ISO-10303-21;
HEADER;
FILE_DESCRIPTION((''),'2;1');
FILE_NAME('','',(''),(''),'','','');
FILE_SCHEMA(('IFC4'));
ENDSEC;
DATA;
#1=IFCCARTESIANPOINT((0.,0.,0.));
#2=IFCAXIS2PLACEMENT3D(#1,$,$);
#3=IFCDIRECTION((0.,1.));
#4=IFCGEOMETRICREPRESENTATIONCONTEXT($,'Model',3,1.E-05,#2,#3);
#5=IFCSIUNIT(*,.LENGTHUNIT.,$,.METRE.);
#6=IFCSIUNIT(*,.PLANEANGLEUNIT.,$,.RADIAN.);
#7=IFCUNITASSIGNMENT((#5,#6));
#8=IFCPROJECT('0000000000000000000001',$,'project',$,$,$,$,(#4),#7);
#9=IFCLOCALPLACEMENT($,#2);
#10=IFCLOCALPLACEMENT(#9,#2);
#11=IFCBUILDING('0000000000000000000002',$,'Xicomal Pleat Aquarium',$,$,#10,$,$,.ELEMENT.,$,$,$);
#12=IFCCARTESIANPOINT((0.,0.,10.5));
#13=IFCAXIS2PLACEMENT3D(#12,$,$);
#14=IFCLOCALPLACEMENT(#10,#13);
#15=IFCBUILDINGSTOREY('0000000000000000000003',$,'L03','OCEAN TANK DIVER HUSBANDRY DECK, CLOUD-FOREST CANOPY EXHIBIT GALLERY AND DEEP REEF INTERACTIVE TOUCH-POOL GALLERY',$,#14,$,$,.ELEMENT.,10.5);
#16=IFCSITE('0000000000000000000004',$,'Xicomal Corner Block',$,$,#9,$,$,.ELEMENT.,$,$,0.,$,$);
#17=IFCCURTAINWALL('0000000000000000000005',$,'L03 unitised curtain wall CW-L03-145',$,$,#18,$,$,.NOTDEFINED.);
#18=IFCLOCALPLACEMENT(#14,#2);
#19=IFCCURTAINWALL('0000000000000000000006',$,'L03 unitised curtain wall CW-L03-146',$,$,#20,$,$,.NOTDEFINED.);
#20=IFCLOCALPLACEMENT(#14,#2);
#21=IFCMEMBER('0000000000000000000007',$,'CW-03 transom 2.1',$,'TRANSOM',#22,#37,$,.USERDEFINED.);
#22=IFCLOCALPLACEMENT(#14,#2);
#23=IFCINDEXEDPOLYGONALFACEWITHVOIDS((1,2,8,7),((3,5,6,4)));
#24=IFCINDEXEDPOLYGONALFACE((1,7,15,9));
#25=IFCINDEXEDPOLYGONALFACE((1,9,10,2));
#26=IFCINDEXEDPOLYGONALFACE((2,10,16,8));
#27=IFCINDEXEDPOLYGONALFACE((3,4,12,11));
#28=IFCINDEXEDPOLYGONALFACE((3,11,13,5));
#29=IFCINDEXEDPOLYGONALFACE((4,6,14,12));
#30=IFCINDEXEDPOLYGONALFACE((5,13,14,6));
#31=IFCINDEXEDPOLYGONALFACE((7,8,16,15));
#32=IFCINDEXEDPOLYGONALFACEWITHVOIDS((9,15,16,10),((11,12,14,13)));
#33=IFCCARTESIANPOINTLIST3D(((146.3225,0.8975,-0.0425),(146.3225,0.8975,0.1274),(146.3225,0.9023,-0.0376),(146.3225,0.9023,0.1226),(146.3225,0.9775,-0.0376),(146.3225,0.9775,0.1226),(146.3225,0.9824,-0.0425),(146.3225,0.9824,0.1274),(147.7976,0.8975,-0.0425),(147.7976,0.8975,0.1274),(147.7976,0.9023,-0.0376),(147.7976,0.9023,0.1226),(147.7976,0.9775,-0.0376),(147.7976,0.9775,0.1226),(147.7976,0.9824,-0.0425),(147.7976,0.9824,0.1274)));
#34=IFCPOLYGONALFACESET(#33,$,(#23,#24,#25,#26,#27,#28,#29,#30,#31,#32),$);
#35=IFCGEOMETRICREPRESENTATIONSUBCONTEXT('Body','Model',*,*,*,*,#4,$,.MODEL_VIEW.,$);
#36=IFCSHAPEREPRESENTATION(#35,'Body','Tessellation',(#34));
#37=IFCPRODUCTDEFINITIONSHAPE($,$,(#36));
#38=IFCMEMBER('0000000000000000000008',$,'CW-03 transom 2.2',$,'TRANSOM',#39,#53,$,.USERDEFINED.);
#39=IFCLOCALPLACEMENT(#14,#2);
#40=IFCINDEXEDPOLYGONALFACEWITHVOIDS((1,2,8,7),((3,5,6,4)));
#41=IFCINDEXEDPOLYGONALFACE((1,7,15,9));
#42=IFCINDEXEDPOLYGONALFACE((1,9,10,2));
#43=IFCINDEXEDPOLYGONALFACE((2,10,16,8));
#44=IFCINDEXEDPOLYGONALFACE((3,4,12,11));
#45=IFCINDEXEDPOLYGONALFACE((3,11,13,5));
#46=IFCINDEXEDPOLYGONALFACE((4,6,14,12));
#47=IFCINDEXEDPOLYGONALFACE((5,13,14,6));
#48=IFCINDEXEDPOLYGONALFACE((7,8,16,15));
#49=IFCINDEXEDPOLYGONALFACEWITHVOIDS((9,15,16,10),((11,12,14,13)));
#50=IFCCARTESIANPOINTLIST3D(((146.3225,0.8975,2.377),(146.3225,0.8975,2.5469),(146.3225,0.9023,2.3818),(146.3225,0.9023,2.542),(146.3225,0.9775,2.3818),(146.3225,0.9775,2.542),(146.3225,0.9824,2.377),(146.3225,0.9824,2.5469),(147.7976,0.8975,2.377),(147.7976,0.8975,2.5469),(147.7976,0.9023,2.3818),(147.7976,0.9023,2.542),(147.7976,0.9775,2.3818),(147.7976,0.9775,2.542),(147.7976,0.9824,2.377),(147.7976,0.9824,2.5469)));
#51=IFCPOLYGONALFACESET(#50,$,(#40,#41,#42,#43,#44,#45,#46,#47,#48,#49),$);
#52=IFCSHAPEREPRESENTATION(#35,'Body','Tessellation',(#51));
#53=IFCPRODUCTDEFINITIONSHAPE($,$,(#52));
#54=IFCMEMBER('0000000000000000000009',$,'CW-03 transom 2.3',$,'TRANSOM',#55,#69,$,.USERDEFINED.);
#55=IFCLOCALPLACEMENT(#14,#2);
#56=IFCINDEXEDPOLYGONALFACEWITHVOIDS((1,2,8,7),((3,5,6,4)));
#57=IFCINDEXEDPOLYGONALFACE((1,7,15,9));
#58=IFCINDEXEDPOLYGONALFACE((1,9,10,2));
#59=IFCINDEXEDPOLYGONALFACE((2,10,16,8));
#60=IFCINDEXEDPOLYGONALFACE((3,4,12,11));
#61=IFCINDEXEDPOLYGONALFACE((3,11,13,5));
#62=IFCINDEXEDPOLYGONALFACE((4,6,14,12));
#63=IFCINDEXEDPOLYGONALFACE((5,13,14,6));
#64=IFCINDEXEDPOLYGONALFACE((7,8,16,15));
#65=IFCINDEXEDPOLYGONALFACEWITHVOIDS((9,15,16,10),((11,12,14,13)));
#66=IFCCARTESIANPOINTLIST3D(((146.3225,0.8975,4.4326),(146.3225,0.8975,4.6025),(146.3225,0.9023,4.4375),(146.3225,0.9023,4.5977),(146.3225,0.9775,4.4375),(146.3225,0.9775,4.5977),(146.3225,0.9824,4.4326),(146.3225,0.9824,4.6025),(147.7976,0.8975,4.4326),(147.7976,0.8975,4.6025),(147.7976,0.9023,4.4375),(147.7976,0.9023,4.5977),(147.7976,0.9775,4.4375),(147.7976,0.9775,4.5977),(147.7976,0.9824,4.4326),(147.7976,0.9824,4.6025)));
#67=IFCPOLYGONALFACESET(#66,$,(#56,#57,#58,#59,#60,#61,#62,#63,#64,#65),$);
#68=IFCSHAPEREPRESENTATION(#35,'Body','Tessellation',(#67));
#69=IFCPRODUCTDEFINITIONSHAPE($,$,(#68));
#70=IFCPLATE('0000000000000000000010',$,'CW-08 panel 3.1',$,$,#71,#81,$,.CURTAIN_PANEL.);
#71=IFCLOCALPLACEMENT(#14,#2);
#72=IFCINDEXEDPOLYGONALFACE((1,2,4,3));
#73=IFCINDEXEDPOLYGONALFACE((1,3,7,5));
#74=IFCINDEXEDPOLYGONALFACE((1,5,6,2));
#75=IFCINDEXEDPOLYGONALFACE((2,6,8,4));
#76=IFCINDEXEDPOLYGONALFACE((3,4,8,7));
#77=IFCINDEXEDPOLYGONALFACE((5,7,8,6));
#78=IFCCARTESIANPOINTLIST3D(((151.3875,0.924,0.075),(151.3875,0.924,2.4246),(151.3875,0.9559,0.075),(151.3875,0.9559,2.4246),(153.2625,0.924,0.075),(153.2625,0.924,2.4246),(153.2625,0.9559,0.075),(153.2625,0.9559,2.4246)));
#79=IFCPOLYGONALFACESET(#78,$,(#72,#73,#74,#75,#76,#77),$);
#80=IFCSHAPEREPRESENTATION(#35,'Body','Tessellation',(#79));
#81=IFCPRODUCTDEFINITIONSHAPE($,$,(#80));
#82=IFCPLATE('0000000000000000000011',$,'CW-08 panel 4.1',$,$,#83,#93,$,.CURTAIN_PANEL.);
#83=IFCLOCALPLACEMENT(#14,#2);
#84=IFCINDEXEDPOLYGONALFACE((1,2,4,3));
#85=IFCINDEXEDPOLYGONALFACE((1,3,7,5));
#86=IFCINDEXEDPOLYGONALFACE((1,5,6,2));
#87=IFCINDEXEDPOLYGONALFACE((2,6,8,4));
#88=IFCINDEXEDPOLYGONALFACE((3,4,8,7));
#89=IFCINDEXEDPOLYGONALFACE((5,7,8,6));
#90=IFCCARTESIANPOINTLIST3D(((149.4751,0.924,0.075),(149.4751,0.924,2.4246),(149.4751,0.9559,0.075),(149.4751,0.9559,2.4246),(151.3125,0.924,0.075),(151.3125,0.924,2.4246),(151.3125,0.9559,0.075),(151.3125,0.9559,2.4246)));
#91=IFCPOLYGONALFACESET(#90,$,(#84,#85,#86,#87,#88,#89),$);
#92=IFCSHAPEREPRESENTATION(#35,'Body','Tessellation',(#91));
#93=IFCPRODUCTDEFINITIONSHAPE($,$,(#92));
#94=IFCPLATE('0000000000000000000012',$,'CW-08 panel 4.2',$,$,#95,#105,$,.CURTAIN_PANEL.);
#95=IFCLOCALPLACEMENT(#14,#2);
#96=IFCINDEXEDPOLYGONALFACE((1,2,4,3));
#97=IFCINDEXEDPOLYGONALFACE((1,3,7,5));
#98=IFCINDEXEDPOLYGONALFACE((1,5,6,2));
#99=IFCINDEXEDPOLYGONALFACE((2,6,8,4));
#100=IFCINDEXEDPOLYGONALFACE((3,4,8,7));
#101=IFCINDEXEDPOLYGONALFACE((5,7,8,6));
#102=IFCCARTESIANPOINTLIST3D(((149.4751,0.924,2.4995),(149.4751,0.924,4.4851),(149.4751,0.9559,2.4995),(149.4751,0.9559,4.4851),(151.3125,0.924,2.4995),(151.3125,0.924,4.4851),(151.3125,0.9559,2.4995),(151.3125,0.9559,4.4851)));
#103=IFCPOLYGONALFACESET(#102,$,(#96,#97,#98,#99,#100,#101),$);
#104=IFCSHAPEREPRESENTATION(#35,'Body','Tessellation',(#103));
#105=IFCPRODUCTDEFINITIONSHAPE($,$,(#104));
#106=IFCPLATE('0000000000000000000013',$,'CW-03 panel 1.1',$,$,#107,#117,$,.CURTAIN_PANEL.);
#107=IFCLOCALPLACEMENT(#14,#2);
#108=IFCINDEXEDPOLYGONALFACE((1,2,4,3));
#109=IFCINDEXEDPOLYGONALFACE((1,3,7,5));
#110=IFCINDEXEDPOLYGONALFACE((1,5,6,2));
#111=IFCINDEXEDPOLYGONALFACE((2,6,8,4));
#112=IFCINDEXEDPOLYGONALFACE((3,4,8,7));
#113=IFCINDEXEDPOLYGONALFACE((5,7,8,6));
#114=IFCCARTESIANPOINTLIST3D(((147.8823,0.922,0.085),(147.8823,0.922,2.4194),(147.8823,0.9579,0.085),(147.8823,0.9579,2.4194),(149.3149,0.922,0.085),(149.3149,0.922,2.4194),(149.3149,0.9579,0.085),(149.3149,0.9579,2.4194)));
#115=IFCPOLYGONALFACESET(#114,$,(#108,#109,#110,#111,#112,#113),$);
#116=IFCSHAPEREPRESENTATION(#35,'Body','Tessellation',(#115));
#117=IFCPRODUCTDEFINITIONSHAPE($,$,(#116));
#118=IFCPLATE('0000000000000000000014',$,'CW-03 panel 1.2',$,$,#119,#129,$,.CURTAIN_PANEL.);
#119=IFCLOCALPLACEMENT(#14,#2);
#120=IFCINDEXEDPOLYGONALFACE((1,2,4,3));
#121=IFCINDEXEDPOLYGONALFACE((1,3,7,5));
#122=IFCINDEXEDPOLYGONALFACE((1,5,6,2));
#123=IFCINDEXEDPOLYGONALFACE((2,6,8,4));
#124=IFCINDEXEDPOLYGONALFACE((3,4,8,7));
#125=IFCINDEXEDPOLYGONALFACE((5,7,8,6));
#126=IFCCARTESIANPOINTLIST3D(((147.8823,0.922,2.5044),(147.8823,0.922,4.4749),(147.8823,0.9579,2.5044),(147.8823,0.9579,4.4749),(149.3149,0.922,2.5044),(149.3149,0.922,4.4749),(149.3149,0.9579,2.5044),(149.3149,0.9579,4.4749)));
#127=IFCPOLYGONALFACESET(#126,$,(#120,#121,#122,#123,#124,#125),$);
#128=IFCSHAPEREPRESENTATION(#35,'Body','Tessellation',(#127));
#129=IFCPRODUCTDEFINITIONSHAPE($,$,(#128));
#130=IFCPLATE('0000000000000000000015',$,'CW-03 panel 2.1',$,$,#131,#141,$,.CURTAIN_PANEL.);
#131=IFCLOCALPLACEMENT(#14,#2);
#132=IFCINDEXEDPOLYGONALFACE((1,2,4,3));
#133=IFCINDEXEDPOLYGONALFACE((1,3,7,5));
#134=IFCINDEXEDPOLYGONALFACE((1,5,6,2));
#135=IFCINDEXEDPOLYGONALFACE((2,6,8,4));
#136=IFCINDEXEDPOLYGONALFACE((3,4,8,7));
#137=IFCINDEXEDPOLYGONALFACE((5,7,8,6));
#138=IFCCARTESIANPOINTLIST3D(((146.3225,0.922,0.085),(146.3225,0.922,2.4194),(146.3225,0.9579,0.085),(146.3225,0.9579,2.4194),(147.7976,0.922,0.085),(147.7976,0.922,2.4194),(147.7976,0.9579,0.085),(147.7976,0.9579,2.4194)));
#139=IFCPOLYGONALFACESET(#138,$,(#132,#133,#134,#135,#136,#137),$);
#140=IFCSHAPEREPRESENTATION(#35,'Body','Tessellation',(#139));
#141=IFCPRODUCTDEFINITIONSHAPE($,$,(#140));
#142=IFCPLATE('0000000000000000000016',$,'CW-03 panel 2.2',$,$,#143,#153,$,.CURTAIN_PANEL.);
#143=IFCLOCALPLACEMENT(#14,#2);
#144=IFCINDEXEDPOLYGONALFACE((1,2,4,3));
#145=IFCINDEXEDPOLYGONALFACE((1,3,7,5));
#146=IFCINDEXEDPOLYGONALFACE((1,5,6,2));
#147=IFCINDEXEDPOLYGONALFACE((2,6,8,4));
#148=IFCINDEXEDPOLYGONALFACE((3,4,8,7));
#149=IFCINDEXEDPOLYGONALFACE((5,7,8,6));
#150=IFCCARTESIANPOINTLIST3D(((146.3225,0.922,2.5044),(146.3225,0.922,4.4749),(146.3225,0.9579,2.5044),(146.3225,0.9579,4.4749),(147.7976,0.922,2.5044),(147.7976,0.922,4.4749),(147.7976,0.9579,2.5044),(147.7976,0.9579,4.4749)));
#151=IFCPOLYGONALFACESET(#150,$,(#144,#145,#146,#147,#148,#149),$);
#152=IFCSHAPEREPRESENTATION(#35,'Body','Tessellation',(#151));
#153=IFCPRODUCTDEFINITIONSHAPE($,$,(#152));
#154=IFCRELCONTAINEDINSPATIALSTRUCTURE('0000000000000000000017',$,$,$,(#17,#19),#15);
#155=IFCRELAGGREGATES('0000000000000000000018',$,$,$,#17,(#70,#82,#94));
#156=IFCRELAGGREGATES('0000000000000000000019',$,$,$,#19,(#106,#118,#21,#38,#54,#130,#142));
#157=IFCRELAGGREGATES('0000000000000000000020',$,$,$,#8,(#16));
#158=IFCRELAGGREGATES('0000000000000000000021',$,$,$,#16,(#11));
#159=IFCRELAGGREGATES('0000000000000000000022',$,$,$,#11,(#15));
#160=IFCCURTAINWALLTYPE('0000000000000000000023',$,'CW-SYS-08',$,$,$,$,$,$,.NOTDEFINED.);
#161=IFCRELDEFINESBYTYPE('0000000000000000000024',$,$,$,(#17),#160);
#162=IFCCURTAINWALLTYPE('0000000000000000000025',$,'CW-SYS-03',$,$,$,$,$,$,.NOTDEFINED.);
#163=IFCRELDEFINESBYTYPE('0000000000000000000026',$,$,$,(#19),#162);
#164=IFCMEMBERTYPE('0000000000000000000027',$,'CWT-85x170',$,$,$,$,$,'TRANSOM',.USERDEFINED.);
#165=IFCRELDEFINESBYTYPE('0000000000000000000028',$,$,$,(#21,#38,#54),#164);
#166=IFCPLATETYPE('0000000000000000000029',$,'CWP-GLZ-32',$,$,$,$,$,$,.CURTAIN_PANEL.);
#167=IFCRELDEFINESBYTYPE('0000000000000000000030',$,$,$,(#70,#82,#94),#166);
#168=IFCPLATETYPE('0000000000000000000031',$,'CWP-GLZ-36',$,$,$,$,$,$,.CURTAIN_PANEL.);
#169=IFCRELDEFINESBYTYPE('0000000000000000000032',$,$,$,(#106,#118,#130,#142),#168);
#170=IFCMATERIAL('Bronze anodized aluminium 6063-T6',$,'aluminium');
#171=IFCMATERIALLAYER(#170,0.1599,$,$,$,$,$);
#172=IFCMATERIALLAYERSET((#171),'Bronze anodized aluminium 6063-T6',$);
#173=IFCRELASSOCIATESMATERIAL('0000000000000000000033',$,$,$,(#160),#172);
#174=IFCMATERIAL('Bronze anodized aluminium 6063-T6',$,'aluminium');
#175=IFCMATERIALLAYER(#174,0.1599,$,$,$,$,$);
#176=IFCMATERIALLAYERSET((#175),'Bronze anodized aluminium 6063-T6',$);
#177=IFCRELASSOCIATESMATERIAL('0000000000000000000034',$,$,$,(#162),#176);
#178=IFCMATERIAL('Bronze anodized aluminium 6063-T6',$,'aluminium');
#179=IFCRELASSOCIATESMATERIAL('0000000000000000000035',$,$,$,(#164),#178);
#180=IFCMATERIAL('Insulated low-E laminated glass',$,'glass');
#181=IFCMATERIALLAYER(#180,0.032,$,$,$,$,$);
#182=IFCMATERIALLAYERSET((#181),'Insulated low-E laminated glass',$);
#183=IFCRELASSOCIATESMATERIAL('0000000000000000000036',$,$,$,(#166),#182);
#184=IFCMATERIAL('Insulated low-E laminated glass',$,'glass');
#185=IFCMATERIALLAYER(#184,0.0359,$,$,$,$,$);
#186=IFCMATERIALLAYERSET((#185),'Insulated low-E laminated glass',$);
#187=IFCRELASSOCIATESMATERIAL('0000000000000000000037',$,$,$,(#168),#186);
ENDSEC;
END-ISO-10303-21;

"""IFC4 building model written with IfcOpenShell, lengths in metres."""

from ifc_helpers import new_model, si_unit, direction, frame, origin, origin_2d, place, context, subcontext, project, spatial, rectangle, hollow_rectangle, extrude, material, layer, layer_set, material_profile, profile_set, type_object, element, aggregate, save


model = new_model("IFC4")

# Units and contexts
model_context = context("Model", 3, precision=1e-05, world=origin(), true_north=direction((0.0, 1.0)))
body_context = subcontext(model_context, "Body", "Model", "MODEL_VIEW")
ifc_project = project(units=[si_unit("LENGTHUNIT", "METRE"), si_unit("PLANEANGLEUNIT", "RADIAN")], contexts=[model_context])

# Site, building, storey
site_placement = place(None, origin())
site = spatial("IfcSite", under=ifc_project, at=site_placement, Name="Xicomal Corner Block", CompositionType="ELEMENT", RefElevation=0.0)
building_placement = place(site_placement, origin())
building = spatial("IfcBuilding", under=site, at=building_placement, Name="Xicomal Pleat Aquarium", CompositionType="ELEMENT")
storey_placement = place(building_placement, frame((0.0, 0.0, 10.5)))
storey = spatial("IfcBuildingStorey", under=building, at=storey_placement, Name="L03", Description="OCEAN TANK DIVER HUSBANDRY DECK, CLOUD-FOREST CANOPY EXHIBIT GALLERY AND DEEP REEF INTERACTIVE TOUCH-POOL GALLERY", CompositionType="ELEMENT", Elevation=10.5)

# Curtain wall
ifc_material_1 = material(Name="Bronze anodized aluminium 6063-T6", Category="aluminium")
ifc_layer_1 = layer(ifc_material_1, 0.1599)
ifc_layer_set_1 = layer_set([ifc_layer_1], Name="Bronze anodized aluminium 6063-T6")
curtain_wall_type_1 = type_object("IfcCurtainWallType", Name="CW-SYS-08", PredefinedType="NOTDEFINED", material=ifc_layer_set_1)
curtain_wall_1_placement = place(storey_placement, origin())
curtain_wall_1 = element("IfcCurtainWall", 1, at=curtain_wall_1_placement, inside=storey, type_object=curtain_wall_type_1, Name="L03 unitised curtain wall CW-L03-145", PredefinedType="NOTDEFINED")

# Curtain wall
ifc_material_2 = material(Name="Bronze anodized aluminium 6063-T6", Category="aluminium")
ifc_layer_2 = layer(ifc_material_2, 0.1599)
ifc_layer_set_2 = layer_set([ifc_layer_2], Name="Bronze anodized aluminium 6063-T6")
curtain_wall_type_2 = type_object("IfcCurtainWallType", Name="CW-SYS-03", PredefinedType="NOTDEFINED", material=ifc_layer_set_2)
curtain_wall_2_placement = place(storey_placement, origin())
curtain_wall_2 = element("IfcCurtainWall", 2, at=curtain_wall_2_placement, inside=storey, type_object=curtain_wall_type_2, Name="L03 unitised curtain wall CW-L03-146", PredefinedType="NOTDEFINED")

# Members
ifc_material_3 = material(Name="Bronze anodized aluminium 6063-T6", Category="aluminium")
ifc_material_profile_1 = material_profile(ifc_material_3, hollow_rectangle(XDim=0.085, YDim=0.1699, WallThickness=0.0049, at=origin_2d()), Name="ALU TRAN 85x170")
ifc_profile_set_1 = profile_set([ifc_material_profile_1], Name="Bronze anodized aluminium 6063-T6")
member_type_1 = type_object("IfcMemberType", Name="CWT-85x170", ElementType="TRANSOM", PredefinedType="USERDEFINED", material=ifc_profile_set_1)
member_1_placement = place(storey_placement, frame((147.7976, 0.9399, 0.0425), z_axis=(-1.0, 0.0, 0.0), x_axis=(0.0, -1.0, 0.0)))
member_1 = element("IfcMember", 3, at=member_1_placement, type_object=member_type_1, Name="CW-03 transom 2.1", ObjectType="TRANSOM", PredefinedType="USERDEFINED", context=body_context, shape_type="SweptSolid", body=[
    extrude(hollow_rectangle(XDim=0.085, YDim=0.1699, WallThickness=0.0049, at=origin_2d()), origin(), (0.0, 0.0, 1.0), 1.4751),
])
member_2_placement = place(storey_placement, frame((147.7976, 0.9399, 2.4619), z_axis=(-1.0, 0.0, 0.0), x_axis=(0.0, -1.0, 0.0)))
member_2 = element("IfcMember", 4, at=member_2_placement, type_object=member_type_1, Name="CW-03 transom 2.2", ObjectType="TRANSOM", PredefinedType="USERDEFINED", context=body_context, shape_type="SweptSolid", body=[
    extrude(hollow_rectangle(XDim=0.085, YDim=0.1699, WallThickness=0.0049, at=origin_2d()), origin(), (0.0, 0.0, 1.0), 1.4751),
])
member_3_placement = place(storey_placement, frame((147.7976, 0.9399, 4.5176), z_axis=(-1.0, 0.0, 0.0), x_axis=(0.0, -1.0, 0.0)))
member_3 = element("IfcMember", 5, at=member_3_placement, type_object=member_type_1, Name="CW-03 transom 2.3", ObjectType="TRANSOM", PredefinedType="USERDEFINED", context=body_context, shape_type="SweptSolid", body=[
    extrude(hollow_rectangle(XDim=0.085, YDim=0.1699, WallThickness=0.0049, at=origin_2d()), origin(), (0.0, 0.0, 1.0), 1.4751),
])

# Plates
ifc_material_4 = material(Name="Insulated low-E laminated glass", Category="glass")
ifc_layer_3 = layer(ifc_material_4, 0.032)
ifc_layer_set_3 = layer_set([ifc_layer_3], Name="Insulated low-E laminated glass")
plate_type_1 = type_object("IfcPlateType", Name="CWP-GLZ-32", PredefinedType="CURTAIN_PANEL", material=ifc_layer_set_3)
plate_1_placement = place(storey_placement, frame((152.325, 0.9399, 0.075), z_axis=(0.0, 0.0, 1.0), x_axis=(-1.0, 0.0, 0.0)))
plate_1 = element("IfcPlate", 6, at=plate_1_placement, type_object=plate_type_1, Name="CW-08 panel 3.1", PredefinedType="CURTAIN_PANEL", context=body_context, shape_type="SweptSolid", body=[
    extrude(rectangle(XDim=1.875, YDim=0.032, at=origin_2d()), origin(), (0.0, 0.0, 1.0), 2.3496),
])
plate_2_placement = place(storey_placement, frame((150.3938, 0.9399, 0.075), z_axis=(0.0, 0.0, 1.0), x_axis=(-1.0, 0.0, 0.0)))
plate_2 = element("IfcPlate", 7, at=plate_2_placement, type_object=plate_type_1, Name="CW-08 panel 4.1", PredefinedType="CURTAIN_PANEL", context=body_context, shape_type="SweptSolid", body=[
    extrude(rectangle(XDim=1.8374, YDim=0.032, at=origin_2d()), origin(), (0.0, 0.0, 1.0), 2.3496),
])
plate_3_placement = place(storey_placement, frame((150.3938, 0.9399, 2.4995), z_axis=(0.0, 0.0, 1.0), x_axis=(-1.0, 0.0, 0.0)))
plate_3 = element("IfcPlate", 8, at=plate_3_placement, type_object=plate_type_1, Name="CW-08 panel 4.2", PredefinedType="CURTAIN_PANEL", context=body_context, shape_type="SweptSolid", body=[
    extrude(rectangle(XDim=1.8374, YDim=0.032, at=origin_2d()), origin(), (0.0, 0.0, 1.0), 1.9856),
])
aggregate(curtain_wall_1, [plate_1, plate_2, plate_3])
ifc_material_5 = material(Name="Insulated low-E laminated glass", Category="glass")
ifc_layer_4 = layer(ifc_material_5, 0.0359)
ifc_layer_set_4 = layer_set([ifc_layer_4], Name="Insulated low-E laminated glass")
plate_type_2 = type_object("IfcPlateType", Name="CWP-GLZ-36", PredefinedType="CURTAIN_PANEL", material=ifc_layer_set_4)
plate_4_placement = place(storey_placement, frame((148.5986, 0.9399, 0.085), z_axis=(0.0, 0.0, 1.0), x_axis=(-1.0, 0.0, 0.0)))
plate_4 = element("IfcPlate", 9, at=plate_4_placement, type_object=plate_type_2, Name="CW-03 panel 1.1", PredefinedType="CURTAIN_PANEL", context=body_context, shape_type="SweptSolid", body=[
    extrude(rectangle(XDim=1.4326, YDim=0.0359, at=origin_2d()), origin(), (0.0, 0.0, 1.0), 2.3345),
])
plate_5_placement = place(storey_placement, frame((148.5986, 0.9399, 2.5044), z_axis=(0.0, 0.0, 1.0), x_axis=(-1.0, 0.0, 0.0)))
plate_5 = element("IfcPlate", 10, at=plate_5_placement, type_object=plate_type_2, Name="CW-03 panel 1.2", PredefinedType="CURTAIN_PANEL", context=body_context, shape_type="SweptSolid", body=[
    extrude(rectangle(XDim=1.4326, YDim=0.0359, at=origin_2d()), origin(), (0.0, 0.0, 1.0), 1.9705),
])
plate_6_placement = place(storey_placement, frame((147.0601, 0.9399, 0.085), z_axis=(0.0, 0.0, 1.0), x_axis=(-1.0, 0.0, 0.0)))
plate_6 = element("IfcPlate", 11, at=plate_6_placement, type_object=plate_type_2, Name="CW-03 panel 2.1", PredefinedType="CURTAIN_PANEL", context=body_context, shape_type="SweptSolid", body=[
    extrude(rectangle(XDim=1.4751, YDim=0.0359, at=origin_2d()), origin(), (0.0, 0.0, 1.0), 2.3345),
])
plate_7_placement = place(storey_placement, frame((147.0601, 0.9399, 2.5044), z_axis=(0.0, 0.0, 1.0), x_axis=(-1.0, 0.0, 0.0)))
plate_7 = element("IfcPlate", 12, at=plate_7_placement, type_object=plate_type_2, Name="CW-03 panel 2.2", PredefinedType="CURTAIN_PANEL", context=body_context, shape_type="SweptSolid", body=[
    extrude(rectangle(XDim=1.4751, YDim=0.0359, at=origin_2d()), origin(), (0.0, 0.0, 1.0), 1.9705),
])
aggregate(curtain_wall_2, [plate_4, plate_5, member_1, member_2, member_3, plate_6, plate_7])

save(model, "model.ifc")
